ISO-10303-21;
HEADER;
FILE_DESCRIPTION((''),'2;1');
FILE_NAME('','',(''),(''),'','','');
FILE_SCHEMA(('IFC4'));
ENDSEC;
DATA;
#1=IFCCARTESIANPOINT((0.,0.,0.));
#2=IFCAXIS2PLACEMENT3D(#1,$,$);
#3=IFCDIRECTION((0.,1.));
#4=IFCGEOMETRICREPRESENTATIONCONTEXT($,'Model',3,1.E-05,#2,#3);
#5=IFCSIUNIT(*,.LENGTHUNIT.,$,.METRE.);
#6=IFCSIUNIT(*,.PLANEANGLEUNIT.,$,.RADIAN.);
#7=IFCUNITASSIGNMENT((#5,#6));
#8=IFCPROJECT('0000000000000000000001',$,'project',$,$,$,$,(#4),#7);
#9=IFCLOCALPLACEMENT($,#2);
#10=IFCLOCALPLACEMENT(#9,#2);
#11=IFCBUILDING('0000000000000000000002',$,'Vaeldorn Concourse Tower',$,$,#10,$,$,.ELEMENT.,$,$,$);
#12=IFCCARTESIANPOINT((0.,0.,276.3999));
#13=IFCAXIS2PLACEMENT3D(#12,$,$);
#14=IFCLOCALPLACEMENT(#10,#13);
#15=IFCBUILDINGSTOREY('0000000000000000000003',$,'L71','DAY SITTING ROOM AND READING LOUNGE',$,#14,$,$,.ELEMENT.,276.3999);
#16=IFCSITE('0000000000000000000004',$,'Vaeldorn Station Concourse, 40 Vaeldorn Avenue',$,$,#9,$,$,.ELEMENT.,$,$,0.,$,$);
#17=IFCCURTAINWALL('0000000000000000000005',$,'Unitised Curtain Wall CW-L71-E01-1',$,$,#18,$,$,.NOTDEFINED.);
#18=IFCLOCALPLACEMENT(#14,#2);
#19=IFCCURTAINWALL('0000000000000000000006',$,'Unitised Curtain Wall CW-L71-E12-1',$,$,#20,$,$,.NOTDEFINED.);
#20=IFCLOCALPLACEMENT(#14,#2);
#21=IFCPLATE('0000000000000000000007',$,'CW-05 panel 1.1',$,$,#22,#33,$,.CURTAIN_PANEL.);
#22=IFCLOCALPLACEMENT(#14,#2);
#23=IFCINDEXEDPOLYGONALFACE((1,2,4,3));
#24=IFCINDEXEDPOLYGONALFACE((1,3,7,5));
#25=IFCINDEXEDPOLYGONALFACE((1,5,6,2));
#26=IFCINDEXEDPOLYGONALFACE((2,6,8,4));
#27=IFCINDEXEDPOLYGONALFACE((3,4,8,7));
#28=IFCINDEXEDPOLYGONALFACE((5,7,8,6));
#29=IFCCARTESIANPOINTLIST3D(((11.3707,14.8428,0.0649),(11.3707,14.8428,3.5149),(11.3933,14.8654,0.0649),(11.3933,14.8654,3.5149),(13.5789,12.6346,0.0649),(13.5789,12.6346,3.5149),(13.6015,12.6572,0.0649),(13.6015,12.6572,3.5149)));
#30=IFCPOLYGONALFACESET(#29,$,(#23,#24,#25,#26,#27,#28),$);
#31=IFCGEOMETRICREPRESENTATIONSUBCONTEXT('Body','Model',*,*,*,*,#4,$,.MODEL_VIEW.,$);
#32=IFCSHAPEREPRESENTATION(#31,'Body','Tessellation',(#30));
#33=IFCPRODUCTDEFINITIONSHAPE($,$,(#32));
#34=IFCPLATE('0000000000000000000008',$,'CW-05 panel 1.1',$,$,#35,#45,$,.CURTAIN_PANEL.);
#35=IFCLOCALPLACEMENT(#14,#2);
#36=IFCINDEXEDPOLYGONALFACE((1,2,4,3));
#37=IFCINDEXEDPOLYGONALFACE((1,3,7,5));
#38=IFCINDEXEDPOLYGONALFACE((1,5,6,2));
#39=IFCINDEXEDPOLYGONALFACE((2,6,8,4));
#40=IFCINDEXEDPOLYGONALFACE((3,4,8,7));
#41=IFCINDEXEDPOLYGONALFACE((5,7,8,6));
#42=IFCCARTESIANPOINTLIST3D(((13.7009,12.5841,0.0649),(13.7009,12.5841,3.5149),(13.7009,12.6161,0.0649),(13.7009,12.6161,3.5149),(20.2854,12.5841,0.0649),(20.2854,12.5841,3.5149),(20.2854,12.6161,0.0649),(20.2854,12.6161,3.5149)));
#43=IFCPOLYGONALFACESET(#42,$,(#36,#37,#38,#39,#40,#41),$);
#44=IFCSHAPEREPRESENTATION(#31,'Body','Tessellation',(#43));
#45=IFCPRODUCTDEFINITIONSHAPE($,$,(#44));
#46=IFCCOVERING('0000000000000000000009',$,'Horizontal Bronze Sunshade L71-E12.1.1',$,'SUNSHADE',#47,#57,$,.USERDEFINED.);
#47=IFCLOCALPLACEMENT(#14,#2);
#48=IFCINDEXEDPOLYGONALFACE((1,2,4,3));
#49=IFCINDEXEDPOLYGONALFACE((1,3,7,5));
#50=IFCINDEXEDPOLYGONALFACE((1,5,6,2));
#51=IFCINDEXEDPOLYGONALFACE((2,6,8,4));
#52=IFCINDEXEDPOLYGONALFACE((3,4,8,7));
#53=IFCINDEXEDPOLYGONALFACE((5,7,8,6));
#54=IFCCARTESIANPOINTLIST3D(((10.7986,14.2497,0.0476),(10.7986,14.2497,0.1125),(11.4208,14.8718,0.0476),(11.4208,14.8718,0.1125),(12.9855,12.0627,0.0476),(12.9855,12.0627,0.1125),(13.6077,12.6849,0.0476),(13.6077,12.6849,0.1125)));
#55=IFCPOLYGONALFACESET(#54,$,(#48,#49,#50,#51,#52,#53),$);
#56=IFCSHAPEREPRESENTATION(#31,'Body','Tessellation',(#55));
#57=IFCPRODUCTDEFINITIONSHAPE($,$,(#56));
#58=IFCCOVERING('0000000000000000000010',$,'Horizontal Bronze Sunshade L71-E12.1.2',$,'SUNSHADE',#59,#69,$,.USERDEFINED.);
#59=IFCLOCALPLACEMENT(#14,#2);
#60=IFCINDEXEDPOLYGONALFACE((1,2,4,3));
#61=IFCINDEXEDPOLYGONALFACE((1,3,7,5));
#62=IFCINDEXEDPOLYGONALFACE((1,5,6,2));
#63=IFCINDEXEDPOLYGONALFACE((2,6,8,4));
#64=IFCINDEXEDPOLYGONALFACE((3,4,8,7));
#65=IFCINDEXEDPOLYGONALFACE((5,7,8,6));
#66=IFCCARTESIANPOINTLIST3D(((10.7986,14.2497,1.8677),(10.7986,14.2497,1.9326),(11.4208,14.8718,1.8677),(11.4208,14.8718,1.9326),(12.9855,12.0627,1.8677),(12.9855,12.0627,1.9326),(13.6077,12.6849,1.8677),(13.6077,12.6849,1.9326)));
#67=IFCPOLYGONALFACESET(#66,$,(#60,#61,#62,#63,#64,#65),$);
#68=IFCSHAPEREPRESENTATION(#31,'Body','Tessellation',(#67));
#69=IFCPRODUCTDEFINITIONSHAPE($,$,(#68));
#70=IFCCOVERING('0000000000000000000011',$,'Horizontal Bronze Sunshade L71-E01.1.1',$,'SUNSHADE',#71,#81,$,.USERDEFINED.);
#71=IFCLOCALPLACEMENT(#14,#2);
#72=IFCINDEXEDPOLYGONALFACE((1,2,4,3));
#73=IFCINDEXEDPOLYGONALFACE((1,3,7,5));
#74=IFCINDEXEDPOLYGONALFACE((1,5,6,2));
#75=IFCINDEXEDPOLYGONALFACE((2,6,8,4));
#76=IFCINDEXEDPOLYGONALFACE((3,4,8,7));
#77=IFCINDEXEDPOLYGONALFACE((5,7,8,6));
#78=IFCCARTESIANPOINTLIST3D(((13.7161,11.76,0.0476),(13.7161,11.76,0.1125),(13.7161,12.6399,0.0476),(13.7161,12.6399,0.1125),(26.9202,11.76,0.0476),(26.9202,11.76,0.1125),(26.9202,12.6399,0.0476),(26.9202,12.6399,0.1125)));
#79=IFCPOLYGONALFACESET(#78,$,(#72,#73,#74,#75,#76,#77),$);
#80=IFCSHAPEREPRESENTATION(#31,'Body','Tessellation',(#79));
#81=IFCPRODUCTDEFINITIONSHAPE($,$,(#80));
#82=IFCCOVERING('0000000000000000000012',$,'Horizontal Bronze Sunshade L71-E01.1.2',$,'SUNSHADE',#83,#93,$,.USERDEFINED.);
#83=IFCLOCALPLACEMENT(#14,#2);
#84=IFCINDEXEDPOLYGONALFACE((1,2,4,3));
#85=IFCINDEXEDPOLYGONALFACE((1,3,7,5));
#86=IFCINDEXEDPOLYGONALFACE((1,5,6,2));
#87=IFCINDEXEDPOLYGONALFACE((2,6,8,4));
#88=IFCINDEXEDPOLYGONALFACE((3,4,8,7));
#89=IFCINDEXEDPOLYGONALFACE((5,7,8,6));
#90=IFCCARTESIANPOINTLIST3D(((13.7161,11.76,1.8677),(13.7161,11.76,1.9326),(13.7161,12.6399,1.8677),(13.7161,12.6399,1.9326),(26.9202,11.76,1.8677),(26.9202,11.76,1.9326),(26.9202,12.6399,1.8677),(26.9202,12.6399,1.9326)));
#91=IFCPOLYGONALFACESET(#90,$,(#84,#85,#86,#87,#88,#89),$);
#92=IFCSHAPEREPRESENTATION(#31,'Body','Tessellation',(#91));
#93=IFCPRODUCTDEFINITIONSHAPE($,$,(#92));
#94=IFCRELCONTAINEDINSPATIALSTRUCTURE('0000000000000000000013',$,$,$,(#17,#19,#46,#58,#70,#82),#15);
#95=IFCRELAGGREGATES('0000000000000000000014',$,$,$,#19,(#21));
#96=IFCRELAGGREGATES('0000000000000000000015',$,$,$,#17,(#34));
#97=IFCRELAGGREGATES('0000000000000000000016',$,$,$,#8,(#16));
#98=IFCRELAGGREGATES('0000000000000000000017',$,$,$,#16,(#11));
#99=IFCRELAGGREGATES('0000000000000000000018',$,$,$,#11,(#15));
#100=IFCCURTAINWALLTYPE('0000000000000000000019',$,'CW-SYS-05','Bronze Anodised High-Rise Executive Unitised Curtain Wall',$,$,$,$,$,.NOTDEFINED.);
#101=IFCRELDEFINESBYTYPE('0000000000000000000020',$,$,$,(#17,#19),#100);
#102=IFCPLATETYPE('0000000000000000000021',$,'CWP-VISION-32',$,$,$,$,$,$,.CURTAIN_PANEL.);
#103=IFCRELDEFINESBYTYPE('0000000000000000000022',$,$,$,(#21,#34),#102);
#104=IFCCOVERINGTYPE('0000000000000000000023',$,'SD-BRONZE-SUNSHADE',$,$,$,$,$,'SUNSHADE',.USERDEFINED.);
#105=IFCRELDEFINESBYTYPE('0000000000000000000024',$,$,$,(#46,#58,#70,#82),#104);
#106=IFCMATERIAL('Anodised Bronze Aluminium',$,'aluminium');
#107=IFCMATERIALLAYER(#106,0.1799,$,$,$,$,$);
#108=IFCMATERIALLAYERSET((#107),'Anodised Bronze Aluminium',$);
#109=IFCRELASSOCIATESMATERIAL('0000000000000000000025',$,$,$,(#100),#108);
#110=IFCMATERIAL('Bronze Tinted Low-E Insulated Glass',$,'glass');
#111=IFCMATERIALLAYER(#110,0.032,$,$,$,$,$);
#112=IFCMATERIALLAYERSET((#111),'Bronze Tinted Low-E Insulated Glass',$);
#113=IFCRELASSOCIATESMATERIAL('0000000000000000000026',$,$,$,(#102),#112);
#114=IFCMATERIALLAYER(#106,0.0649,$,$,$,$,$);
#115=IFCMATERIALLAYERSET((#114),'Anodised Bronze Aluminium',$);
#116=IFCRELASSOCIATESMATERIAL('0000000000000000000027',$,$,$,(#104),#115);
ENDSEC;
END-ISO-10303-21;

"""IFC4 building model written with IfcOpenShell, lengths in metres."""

from ifc_helpers import new_model, si_unit, direction, frame, origin, origin_2d, place, context, subcontext, project, spatial, rectangle, extrude, source, transform, mapped, material, layer, layer_set, type_object, element, aggregate, save


model = new_model("IFC4")

# Units and contexts
model_context = context("Model", 3, precision=1e-05, world=origin(), true_north=direction((0.0, 1.0)))
body_context = subcontext(model_context, "Body", "Model", "MODEL_VIEW")
ifc_project = project(units=[si_unit("LENGTHUNIT", "METRE"), si_unit("PLANEANGLEUNIT", "RADIAN")], contexts=[model_context])

# Site, building, storey
site_placement = place(None, origin())
site = spatial("IfcSite", under=ifc_project, at=site_placement, Name="Vaeldorn Station Concourse, 40 Vaeldorn Avenue", CompositionType="ELEMENT", RefElevation=0.0)
building_placement = place(site_placement, origin())
building = spatial("IfcBuilding", under=site, at=building_placement, Name="Vaeldorn Concourse Tower", CompositionType="ELEMENT")
storey_placement = place(building_placement, frame((0.0, 0.0, 276.3999)))
storey = spatial("IfcBuildingStorey", under=building, at=storey_placement, Name="L71", Description="DAY SITTING ROOM AND READING LOUNGE", CompositionType="ELEMENT", Elevation=276.3999)

# Curtain wall
ifc_material_1 = material(Name="Anodised Bronze Aluminium", Category="aluminium")
ifc_layer_1 = layer(ifc_material_1, 0.1799)
ifc_layer_set_1 = layer_set([ifc_layer_1], Name="Anodised Bronze Aluminium")
curtain_wall_type = type_object("IfcCurtainWallType", Name="CW-SYS-05", Description="Bronze Anodised High-Rise Executive Unitised Curtain Wall", PredefinedType="NOTDEFINED", material=ifc_layer_set_1)
curtain_wall_1_placement = place(storey_placement, origin())
curtain_wall_1 = element("IfcCurtainWall", 1, at=curtain_wall_1_placement, inside=storey, type_object=curtain_wall_type, Name="Unitised Curtain Wall CW-L71-E01-1", PredefinedType="NOTDEFINED")

# Curtain wall
curtain_wall_2_placement = place(storey_placement, origin())
curtain_wall_2 = element("IfcCurtainWall", 2, at=curtain_wall_2_placement, inside=storey, type_object=curtain_wall_type, Name="Unitised Curtain Wall CW-L71-E12-1", PredefinedType="NOTDEFINED")

# Plates
ifc_material_2 = material(Name="Bronze Tinted Low-E Insulated Glass", Category="glass")
ifc_layer_2 = layer(ifc_material_2, 0.032)
ifc_layer_set_2 = layer_set([ifc_layer_2], Name="Bronze Tinted Low-E Insulated Glass")
plate_type = type_object("IfcPlateType", Name="CWP-VISION-32", PredefinedType="CURTAIN_PANEL", material=ifc_layer_set_2)
shared_shape_1 = source(origin(), body_context, "Body", "SweptSolid", [
    extrude(rectangle(XDim=3.1228, YDim=0.032, at=origin_2d()), origin(), (0.0, 0.0, 1.0), 3.45),
])
plate_1_placement = place(storey_placement, frame((12.4861, 13.75, 0.0649), z_axis=(0.0, 0.0, 1.0), x_axis=(0.707107, -0.707107, 0.0)))
plate_1 = element("IfcPlate", 3, at=plate_1_placement, type_object=plate_type, Name="CW-05 panel 1.1", PredefinedType="CURTAIN_PANEL", context=body_context, shape_type="MappedRepresentation", body=[
    mapped(shared_shape_1, transform((0.0, 0.0, 0.0), scale=1.0)),
])
aggregate(curtain_wall_2, [plate_1])
shared_shape_2 = source(origin(), body_context, "Body", "SweptSolid", [
    extrude(rectangle(XDim=6.5845, YDim=0.032, at=origin_2d()), origin(), (0.0, 0.0, 1.0), 3.45),
])
plate_2_placement = place(storey_placement, frame((16.9932, 12.6001, 0.0649), z_axis=(0.0, 0.0, 1.0), x_axis=(1.0, 0.0, 0.0)))
plate_2 = element("IfcPlate", 4, at=plate_2_placement, type_object=plate_type, Name="CW-05 panel 1.1", PredefinedType="CURTAIN_PANEL", context=body_context, shape_type="MappedRepresentation", body=[
    mapped(shared_shape_2, transform((0.0, 0.0, 0.0), scale=1.0)),
])
aggregate(curtain_wall_1, [plate_2])

# Coverings
ifc_layer_3 = layer(ifc_material_1, 0.0649)
ifc_layer_set_3 = layer_set([ifc_layer_3], Name="Anodised Bronze Aluminium")
covering_type = type_object("IfcCoveringType", Name="SD-BRONZE-SUNSHADE", ElementType="SUNSHADE", PredefinedType="USERDEFINED", material=ifc_layer_set_3)
shared_shape_3 = source(origin(), body_context, "Body", "SweptSolid", [
    extrude(rectangle(XDim=3.0928, YDim=0.8799, at=origin_2d()), origin(), (0.0, 0.0, 1.0), 0.0649),
])
for number, where, z_axis, x_axis, name in (
    (5, (12.2031, 13.4673, 0.0476), (0.0, 0.0, 1.0), (0.707107, -0.707107, 0.0), "Horizontal Bronze Sunshade L71-E12.1.1"),
    (6, (12.2031, 13.4673, 1.8677), (0.0, 0.0, 1.0), (0.707107, -0.707107, 0.0), "Horizontal Bronze Sunshade L71-E12.1.2"),
):
    element("IfcCovering", number, at=place(storey_placement, frame(where, z_axis=z_axis, x_axis=x_axis)), inside=storey, type_object=covering_type, Name=name, ObjectType="SUNSHADE", PredefinedType="USERDEFINED", context=body_context, shape_type="MappedRepresentation", body=[
        mapped(shared_shape_3, transform((0.0, 0.0, 0.0), scale=1.0)),
    ])
shared_shape_4 = source(origin(), body_context, "Body", "SweptSolid", [
    extrude(rectangle(XDim=13.2041, YDim=0.8799, at=origin_2d()), origin(), (0.0, 0.0, 1.0), 0.0649),
])
for number, where, z_axis, x_axis, name in (
    (7, (20.3181, 12.2, 0.0476), (0.0, 0.0, 1.0), (1.0, 0.0, 0.0), "Horizontal Bronze Sunshade L71-E01.1.1"),
    (8, (20.3181, 12.2, 1.8677), (0.0, 0.0, 1.0), (1.0, 0.0, 0.0), "Horizontal Bronze Sunshade L71-E01.1.2"),
):
    element("IfcCovering", number, at=place(storey_placement, frame(where, z_axis=z_axis, x_axis=x_axis)), inside=storey, type_object=covering_type, Name=name, ObjectType="SUNSHADE", PredefinedType="USERDEFINED", context=body_context, shape_type="MappedRepresentation", body=[
        mapped(shared_shape_4, transform((0.0, 0.0, 0.0), scale=1.0)),
    ])

save(model, "model.ifc")
